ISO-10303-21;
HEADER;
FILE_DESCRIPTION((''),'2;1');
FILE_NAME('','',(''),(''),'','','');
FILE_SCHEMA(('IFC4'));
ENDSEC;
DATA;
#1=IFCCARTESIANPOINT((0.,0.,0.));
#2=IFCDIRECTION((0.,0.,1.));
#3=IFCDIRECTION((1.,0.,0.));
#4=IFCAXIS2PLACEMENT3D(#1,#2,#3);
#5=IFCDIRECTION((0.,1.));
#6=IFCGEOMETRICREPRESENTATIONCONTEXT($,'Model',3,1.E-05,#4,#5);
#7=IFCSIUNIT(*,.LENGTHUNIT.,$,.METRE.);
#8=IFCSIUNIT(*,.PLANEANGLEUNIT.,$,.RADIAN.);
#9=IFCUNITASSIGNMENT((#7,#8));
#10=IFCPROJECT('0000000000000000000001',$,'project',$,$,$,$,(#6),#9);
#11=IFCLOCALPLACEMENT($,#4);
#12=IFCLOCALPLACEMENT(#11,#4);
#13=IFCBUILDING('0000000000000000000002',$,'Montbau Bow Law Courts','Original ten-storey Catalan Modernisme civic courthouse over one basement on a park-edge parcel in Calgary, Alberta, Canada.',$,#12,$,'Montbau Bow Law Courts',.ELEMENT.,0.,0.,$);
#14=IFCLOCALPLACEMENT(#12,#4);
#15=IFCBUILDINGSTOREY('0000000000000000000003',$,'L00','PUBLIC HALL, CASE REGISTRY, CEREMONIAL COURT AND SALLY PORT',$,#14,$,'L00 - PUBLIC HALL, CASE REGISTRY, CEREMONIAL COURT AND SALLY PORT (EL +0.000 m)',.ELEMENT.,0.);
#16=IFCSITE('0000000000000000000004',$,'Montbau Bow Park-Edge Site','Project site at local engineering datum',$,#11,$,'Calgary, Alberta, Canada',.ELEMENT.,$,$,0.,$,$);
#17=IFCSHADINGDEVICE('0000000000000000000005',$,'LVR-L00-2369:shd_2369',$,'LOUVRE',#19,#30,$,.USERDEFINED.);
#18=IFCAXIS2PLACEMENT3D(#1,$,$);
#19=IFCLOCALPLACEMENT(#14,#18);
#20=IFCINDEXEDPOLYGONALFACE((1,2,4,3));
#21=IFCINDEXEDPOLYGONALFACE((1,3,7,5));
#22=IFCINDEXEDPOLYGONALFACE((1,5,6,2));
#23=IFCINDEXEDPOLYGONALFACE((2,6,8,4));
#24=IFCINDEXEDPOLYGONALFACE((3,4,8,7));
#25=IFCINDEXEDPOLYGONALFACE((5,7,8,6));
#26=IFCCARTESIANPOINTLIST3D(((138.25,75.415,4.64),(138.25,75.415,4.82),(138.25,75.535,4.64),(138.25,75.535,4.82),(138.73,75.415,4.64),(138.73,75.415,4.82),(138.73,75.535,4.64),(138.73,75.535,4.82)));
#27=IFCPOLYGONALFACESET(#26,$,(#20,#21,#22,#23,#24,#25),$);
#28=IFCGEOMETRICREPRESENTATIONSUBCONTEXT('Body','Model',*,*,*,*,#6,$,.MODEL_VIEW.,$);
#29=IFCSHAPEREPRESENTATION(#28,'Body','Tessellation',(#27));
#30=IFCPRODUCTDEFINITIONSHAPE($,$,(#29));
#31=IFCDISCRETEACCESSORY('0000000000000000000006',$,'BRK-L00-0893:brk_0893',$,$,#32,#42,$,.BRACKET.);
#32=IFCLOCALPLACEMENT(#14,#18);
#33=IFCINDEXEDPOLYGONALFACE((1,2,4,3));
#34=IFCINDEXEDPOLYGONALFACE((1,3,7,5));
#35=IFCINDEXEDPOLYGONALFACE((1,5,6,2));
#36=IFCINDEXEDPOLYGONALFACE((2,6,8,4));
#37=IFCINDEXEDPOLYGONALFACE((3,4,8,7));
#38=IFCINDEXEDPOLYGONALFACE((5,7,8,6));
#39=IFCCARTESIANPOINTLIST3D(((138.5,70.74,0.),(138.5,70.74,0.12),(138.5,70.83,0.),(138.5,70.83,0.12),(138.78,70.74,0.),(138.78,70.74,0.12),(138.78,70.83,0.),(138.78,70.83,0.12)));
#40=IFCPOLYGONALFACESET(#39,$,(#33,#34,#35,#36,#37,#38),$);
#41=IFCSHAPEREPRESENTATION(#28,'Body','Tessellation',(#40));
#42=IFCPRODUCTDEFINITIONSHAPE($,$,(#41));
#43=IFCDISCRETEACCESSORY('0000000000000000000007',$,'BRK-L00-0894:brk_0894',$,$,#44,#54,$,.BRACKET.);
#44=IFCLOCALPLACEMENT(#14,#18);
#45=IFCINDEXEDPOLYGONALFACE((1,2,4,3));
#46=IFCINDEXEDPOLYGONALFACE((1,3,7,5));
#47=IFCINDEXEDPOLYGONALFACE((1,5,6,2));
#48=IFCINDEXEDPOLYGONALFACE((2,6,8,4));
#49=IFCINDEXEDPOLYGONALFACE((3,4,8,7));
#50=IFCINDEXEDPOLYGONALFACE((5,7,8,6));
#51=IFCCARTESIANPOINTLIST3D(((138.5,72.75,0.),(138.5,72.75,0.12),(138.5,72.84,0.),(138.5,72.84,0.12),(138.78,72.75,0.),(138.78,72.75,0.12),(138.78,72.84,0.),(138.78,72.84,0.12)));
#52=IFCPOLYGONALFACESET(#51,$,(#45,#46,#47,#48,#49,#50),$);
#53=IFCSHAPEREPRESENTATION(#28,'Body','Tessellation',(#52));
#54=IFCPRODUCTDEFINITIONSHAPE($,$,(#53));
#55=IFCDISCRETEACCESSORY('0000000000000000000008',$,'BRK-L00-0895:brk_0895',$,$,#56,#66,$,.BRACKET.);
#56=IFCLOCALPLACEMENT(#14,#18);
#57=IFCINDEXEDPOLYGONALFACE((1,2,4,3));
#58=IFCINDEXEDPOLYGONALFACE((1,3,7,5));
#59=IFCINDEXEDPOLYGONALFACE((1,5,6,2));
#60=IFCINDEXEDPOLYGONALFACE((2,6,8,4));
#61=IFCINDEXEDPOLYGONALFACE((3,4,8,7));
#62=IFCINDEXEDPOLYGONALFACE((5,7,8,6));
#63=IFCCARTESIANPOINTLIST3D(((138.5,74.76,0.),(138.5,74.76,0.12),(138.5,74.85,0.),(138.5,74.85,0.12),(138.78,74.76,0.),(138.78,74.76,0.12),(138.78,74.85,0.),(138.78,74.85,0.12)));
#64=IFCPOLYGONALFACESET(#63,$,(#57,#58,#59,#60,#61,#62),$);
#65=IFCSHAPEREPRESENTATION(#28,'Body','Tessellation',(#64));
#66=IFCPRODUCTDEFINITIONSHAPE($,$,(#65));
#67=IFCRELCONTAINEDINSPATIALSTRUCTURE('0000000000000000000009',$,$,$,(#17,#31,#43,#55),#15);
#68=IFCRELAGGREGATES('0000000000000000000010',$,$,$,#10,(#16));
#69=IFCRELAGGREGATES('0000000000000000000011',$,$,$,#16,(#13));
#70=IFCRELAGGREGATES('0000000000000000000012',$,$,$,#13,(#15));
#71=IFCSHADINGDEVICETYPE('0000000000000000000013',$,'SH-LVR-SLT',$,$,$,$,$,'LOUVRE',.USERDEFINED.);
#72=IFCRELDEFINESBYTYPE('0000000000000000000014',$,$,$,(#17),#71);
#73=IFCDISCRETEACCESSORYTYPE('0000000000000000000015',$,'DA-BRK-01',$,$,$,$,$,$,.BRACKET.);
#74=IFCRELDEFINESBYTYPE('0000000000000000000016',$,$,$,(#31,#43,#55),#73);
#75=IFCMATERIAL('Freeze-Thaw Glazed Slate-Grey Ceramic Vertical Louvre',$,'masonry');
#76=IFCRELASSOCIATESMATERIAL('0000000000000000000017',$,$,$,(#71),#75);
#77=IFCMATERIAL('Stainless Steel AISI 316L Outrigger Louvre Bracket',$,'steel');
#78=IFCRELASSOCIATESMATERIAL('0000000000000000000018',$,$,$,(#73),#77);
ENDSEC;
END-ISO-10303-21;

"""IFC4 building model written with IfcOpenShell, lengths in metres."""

from ifc_helpers import new_model, si_unit, direction, frame, origin_with_axes, origin_2d_with_axis, place, context, subcontext, project, spatial, rectangle, extrude, material, type_object, element, save


model = new_model("IFC4")

# Units and contexts
model_context = context("Model", 3, precision=1e-05, world=origin_with_axes(), true_north=direction((0.0, 1.0)))
body_context = subcontext(model_context, "Body", "Model", "MODEL_VIEW")
ifc_project = project(units=[si_unit("LENGTHUNIT", "METRE"), si_unit("PLANEANGLEUNIT", "RADIAN")], contexts=[model_context])

# Site, building, storey
site_placement = place(None, origin_with_axes())
site = spatial("IfcSite", under=ifc_project, at=site_placement, Name="Montbau Bow Park-Edge Site", Description="Project site at local engineering datum", LongName="Calgary, Alberta, Canada", CompositionType="ELEMENT", RefElevation=0.0)
building_placement = place(site_placement, origin_with_axes())
building = spatial("IfcBuilding", under=site, at=building_placement, Name="Montbau Bow Law Courts", Description="Original ten-storey Catalan Modernisme civic courthouse over one basement on a park-edge parcel in Calgary, Alberta, Canada.", LongName="Montbau Bow Law Courts", CompositionType="ELEMENT", ElevationOfRefHeight=0.0, ElevationOfTerrain=0.0)
storey_placement = place(building_placement, origin_with_axes())
storey = spatial("IfcBuildingStorey", under=building, at=storey_placement, Name="L00", Description="PUBLIC HALL, CASE REGISTRY, CEREMONIAL COURT AND SALLY PORT", LongName="L00 - PUBLIC HALL, CASE REGISTRY, CEREMONIAL COURT AND SALLY PORT (EL +0.000 m)", CompositionType="ELEMENT", Elevation=0.0)

# Shared definitions
ifc_material_1 = material(Name="Freeze-Thaw Glazed Slate-Grey Ceramic Vertical Louvre", Category="masonry")

# Shading device
shading_device_type = type_object("IfcShadingDeviceType", Name="SH-LVR-SLT", ElementType="LOUVRE", PredefinedType="USERDEFINED", material=ifc_material_1)
for number, where, z_axis, x_axis, name in (
    (1, (138.49, 75.475, 4.64), (0.0, 0.0, 1.0), (-1.0, 0.0, 0.0), "LVR-L00-2369:shd_2369"),
):
    element("IfcShadingDevice", number, at=place(None, frame(where, z_axis=z_axis, x_axis=x_axis)), inside=storey, type_object=shading_device_type, Name=name, ObjectType="LOUVRE", PredefinedType="USERDEFINED", context=body_context, shape_type="SweptSolid", body=[
        extrude(rectangle(XDim=0.48, YDim=0.12, at=origin_2d_with_axis()), origin_with_axes(), (0.0, 0.0, 1.0), 0.18),
    ])

# Discrete accessories
ifc_material_2 = material(Name="Stainless Steel AISI 316L Outrigger Louvre Bracket", Category="steel")
discrete_accessory_type = type_object("IfcDiscreteAccessoryType", Name="DA-BRK-01", PredefinedType="BRACKET", material=ifc_material_2)
for number, where, z_axis, x_axis, name in (
    (2, (138.64, 70.785, 0.0), (0.0, 0.0, 1.0), (-1.0, 0.0, 0.0), "BRK-L00-0893:brk_0893"),
    (3, (138.64, 72.795, 0.0), (0.0, 0.0, 1.0), (-1.0, 0.0, 0.0), "BRK-L00-0894:brk_0894"),
    (4, (138.64, 74.805, 0.0), (0.0, 0.0, 1.0), (-1.0, 0.0, 0.0), "BRK-L00-0895:brk_0895"),
):
    element("IfcDiscreteAccessory", number, at=place(None, frame(where, z_axis=z_axis, x_axis=x_axis)), inside=storey, type_object=discrete_accessory_type, Name=name, PredefinedType="BRACKET", context=body_context, shape_type="SweptSolid", body=[
        extrude(rectangle(XDim=0.28, YDim=0.09, at=origin_2d_with_axis()), origin_with_axes(), (0.0, 0.0, 1.0), 0.12),
    ])

save(model, "model.ifc")
